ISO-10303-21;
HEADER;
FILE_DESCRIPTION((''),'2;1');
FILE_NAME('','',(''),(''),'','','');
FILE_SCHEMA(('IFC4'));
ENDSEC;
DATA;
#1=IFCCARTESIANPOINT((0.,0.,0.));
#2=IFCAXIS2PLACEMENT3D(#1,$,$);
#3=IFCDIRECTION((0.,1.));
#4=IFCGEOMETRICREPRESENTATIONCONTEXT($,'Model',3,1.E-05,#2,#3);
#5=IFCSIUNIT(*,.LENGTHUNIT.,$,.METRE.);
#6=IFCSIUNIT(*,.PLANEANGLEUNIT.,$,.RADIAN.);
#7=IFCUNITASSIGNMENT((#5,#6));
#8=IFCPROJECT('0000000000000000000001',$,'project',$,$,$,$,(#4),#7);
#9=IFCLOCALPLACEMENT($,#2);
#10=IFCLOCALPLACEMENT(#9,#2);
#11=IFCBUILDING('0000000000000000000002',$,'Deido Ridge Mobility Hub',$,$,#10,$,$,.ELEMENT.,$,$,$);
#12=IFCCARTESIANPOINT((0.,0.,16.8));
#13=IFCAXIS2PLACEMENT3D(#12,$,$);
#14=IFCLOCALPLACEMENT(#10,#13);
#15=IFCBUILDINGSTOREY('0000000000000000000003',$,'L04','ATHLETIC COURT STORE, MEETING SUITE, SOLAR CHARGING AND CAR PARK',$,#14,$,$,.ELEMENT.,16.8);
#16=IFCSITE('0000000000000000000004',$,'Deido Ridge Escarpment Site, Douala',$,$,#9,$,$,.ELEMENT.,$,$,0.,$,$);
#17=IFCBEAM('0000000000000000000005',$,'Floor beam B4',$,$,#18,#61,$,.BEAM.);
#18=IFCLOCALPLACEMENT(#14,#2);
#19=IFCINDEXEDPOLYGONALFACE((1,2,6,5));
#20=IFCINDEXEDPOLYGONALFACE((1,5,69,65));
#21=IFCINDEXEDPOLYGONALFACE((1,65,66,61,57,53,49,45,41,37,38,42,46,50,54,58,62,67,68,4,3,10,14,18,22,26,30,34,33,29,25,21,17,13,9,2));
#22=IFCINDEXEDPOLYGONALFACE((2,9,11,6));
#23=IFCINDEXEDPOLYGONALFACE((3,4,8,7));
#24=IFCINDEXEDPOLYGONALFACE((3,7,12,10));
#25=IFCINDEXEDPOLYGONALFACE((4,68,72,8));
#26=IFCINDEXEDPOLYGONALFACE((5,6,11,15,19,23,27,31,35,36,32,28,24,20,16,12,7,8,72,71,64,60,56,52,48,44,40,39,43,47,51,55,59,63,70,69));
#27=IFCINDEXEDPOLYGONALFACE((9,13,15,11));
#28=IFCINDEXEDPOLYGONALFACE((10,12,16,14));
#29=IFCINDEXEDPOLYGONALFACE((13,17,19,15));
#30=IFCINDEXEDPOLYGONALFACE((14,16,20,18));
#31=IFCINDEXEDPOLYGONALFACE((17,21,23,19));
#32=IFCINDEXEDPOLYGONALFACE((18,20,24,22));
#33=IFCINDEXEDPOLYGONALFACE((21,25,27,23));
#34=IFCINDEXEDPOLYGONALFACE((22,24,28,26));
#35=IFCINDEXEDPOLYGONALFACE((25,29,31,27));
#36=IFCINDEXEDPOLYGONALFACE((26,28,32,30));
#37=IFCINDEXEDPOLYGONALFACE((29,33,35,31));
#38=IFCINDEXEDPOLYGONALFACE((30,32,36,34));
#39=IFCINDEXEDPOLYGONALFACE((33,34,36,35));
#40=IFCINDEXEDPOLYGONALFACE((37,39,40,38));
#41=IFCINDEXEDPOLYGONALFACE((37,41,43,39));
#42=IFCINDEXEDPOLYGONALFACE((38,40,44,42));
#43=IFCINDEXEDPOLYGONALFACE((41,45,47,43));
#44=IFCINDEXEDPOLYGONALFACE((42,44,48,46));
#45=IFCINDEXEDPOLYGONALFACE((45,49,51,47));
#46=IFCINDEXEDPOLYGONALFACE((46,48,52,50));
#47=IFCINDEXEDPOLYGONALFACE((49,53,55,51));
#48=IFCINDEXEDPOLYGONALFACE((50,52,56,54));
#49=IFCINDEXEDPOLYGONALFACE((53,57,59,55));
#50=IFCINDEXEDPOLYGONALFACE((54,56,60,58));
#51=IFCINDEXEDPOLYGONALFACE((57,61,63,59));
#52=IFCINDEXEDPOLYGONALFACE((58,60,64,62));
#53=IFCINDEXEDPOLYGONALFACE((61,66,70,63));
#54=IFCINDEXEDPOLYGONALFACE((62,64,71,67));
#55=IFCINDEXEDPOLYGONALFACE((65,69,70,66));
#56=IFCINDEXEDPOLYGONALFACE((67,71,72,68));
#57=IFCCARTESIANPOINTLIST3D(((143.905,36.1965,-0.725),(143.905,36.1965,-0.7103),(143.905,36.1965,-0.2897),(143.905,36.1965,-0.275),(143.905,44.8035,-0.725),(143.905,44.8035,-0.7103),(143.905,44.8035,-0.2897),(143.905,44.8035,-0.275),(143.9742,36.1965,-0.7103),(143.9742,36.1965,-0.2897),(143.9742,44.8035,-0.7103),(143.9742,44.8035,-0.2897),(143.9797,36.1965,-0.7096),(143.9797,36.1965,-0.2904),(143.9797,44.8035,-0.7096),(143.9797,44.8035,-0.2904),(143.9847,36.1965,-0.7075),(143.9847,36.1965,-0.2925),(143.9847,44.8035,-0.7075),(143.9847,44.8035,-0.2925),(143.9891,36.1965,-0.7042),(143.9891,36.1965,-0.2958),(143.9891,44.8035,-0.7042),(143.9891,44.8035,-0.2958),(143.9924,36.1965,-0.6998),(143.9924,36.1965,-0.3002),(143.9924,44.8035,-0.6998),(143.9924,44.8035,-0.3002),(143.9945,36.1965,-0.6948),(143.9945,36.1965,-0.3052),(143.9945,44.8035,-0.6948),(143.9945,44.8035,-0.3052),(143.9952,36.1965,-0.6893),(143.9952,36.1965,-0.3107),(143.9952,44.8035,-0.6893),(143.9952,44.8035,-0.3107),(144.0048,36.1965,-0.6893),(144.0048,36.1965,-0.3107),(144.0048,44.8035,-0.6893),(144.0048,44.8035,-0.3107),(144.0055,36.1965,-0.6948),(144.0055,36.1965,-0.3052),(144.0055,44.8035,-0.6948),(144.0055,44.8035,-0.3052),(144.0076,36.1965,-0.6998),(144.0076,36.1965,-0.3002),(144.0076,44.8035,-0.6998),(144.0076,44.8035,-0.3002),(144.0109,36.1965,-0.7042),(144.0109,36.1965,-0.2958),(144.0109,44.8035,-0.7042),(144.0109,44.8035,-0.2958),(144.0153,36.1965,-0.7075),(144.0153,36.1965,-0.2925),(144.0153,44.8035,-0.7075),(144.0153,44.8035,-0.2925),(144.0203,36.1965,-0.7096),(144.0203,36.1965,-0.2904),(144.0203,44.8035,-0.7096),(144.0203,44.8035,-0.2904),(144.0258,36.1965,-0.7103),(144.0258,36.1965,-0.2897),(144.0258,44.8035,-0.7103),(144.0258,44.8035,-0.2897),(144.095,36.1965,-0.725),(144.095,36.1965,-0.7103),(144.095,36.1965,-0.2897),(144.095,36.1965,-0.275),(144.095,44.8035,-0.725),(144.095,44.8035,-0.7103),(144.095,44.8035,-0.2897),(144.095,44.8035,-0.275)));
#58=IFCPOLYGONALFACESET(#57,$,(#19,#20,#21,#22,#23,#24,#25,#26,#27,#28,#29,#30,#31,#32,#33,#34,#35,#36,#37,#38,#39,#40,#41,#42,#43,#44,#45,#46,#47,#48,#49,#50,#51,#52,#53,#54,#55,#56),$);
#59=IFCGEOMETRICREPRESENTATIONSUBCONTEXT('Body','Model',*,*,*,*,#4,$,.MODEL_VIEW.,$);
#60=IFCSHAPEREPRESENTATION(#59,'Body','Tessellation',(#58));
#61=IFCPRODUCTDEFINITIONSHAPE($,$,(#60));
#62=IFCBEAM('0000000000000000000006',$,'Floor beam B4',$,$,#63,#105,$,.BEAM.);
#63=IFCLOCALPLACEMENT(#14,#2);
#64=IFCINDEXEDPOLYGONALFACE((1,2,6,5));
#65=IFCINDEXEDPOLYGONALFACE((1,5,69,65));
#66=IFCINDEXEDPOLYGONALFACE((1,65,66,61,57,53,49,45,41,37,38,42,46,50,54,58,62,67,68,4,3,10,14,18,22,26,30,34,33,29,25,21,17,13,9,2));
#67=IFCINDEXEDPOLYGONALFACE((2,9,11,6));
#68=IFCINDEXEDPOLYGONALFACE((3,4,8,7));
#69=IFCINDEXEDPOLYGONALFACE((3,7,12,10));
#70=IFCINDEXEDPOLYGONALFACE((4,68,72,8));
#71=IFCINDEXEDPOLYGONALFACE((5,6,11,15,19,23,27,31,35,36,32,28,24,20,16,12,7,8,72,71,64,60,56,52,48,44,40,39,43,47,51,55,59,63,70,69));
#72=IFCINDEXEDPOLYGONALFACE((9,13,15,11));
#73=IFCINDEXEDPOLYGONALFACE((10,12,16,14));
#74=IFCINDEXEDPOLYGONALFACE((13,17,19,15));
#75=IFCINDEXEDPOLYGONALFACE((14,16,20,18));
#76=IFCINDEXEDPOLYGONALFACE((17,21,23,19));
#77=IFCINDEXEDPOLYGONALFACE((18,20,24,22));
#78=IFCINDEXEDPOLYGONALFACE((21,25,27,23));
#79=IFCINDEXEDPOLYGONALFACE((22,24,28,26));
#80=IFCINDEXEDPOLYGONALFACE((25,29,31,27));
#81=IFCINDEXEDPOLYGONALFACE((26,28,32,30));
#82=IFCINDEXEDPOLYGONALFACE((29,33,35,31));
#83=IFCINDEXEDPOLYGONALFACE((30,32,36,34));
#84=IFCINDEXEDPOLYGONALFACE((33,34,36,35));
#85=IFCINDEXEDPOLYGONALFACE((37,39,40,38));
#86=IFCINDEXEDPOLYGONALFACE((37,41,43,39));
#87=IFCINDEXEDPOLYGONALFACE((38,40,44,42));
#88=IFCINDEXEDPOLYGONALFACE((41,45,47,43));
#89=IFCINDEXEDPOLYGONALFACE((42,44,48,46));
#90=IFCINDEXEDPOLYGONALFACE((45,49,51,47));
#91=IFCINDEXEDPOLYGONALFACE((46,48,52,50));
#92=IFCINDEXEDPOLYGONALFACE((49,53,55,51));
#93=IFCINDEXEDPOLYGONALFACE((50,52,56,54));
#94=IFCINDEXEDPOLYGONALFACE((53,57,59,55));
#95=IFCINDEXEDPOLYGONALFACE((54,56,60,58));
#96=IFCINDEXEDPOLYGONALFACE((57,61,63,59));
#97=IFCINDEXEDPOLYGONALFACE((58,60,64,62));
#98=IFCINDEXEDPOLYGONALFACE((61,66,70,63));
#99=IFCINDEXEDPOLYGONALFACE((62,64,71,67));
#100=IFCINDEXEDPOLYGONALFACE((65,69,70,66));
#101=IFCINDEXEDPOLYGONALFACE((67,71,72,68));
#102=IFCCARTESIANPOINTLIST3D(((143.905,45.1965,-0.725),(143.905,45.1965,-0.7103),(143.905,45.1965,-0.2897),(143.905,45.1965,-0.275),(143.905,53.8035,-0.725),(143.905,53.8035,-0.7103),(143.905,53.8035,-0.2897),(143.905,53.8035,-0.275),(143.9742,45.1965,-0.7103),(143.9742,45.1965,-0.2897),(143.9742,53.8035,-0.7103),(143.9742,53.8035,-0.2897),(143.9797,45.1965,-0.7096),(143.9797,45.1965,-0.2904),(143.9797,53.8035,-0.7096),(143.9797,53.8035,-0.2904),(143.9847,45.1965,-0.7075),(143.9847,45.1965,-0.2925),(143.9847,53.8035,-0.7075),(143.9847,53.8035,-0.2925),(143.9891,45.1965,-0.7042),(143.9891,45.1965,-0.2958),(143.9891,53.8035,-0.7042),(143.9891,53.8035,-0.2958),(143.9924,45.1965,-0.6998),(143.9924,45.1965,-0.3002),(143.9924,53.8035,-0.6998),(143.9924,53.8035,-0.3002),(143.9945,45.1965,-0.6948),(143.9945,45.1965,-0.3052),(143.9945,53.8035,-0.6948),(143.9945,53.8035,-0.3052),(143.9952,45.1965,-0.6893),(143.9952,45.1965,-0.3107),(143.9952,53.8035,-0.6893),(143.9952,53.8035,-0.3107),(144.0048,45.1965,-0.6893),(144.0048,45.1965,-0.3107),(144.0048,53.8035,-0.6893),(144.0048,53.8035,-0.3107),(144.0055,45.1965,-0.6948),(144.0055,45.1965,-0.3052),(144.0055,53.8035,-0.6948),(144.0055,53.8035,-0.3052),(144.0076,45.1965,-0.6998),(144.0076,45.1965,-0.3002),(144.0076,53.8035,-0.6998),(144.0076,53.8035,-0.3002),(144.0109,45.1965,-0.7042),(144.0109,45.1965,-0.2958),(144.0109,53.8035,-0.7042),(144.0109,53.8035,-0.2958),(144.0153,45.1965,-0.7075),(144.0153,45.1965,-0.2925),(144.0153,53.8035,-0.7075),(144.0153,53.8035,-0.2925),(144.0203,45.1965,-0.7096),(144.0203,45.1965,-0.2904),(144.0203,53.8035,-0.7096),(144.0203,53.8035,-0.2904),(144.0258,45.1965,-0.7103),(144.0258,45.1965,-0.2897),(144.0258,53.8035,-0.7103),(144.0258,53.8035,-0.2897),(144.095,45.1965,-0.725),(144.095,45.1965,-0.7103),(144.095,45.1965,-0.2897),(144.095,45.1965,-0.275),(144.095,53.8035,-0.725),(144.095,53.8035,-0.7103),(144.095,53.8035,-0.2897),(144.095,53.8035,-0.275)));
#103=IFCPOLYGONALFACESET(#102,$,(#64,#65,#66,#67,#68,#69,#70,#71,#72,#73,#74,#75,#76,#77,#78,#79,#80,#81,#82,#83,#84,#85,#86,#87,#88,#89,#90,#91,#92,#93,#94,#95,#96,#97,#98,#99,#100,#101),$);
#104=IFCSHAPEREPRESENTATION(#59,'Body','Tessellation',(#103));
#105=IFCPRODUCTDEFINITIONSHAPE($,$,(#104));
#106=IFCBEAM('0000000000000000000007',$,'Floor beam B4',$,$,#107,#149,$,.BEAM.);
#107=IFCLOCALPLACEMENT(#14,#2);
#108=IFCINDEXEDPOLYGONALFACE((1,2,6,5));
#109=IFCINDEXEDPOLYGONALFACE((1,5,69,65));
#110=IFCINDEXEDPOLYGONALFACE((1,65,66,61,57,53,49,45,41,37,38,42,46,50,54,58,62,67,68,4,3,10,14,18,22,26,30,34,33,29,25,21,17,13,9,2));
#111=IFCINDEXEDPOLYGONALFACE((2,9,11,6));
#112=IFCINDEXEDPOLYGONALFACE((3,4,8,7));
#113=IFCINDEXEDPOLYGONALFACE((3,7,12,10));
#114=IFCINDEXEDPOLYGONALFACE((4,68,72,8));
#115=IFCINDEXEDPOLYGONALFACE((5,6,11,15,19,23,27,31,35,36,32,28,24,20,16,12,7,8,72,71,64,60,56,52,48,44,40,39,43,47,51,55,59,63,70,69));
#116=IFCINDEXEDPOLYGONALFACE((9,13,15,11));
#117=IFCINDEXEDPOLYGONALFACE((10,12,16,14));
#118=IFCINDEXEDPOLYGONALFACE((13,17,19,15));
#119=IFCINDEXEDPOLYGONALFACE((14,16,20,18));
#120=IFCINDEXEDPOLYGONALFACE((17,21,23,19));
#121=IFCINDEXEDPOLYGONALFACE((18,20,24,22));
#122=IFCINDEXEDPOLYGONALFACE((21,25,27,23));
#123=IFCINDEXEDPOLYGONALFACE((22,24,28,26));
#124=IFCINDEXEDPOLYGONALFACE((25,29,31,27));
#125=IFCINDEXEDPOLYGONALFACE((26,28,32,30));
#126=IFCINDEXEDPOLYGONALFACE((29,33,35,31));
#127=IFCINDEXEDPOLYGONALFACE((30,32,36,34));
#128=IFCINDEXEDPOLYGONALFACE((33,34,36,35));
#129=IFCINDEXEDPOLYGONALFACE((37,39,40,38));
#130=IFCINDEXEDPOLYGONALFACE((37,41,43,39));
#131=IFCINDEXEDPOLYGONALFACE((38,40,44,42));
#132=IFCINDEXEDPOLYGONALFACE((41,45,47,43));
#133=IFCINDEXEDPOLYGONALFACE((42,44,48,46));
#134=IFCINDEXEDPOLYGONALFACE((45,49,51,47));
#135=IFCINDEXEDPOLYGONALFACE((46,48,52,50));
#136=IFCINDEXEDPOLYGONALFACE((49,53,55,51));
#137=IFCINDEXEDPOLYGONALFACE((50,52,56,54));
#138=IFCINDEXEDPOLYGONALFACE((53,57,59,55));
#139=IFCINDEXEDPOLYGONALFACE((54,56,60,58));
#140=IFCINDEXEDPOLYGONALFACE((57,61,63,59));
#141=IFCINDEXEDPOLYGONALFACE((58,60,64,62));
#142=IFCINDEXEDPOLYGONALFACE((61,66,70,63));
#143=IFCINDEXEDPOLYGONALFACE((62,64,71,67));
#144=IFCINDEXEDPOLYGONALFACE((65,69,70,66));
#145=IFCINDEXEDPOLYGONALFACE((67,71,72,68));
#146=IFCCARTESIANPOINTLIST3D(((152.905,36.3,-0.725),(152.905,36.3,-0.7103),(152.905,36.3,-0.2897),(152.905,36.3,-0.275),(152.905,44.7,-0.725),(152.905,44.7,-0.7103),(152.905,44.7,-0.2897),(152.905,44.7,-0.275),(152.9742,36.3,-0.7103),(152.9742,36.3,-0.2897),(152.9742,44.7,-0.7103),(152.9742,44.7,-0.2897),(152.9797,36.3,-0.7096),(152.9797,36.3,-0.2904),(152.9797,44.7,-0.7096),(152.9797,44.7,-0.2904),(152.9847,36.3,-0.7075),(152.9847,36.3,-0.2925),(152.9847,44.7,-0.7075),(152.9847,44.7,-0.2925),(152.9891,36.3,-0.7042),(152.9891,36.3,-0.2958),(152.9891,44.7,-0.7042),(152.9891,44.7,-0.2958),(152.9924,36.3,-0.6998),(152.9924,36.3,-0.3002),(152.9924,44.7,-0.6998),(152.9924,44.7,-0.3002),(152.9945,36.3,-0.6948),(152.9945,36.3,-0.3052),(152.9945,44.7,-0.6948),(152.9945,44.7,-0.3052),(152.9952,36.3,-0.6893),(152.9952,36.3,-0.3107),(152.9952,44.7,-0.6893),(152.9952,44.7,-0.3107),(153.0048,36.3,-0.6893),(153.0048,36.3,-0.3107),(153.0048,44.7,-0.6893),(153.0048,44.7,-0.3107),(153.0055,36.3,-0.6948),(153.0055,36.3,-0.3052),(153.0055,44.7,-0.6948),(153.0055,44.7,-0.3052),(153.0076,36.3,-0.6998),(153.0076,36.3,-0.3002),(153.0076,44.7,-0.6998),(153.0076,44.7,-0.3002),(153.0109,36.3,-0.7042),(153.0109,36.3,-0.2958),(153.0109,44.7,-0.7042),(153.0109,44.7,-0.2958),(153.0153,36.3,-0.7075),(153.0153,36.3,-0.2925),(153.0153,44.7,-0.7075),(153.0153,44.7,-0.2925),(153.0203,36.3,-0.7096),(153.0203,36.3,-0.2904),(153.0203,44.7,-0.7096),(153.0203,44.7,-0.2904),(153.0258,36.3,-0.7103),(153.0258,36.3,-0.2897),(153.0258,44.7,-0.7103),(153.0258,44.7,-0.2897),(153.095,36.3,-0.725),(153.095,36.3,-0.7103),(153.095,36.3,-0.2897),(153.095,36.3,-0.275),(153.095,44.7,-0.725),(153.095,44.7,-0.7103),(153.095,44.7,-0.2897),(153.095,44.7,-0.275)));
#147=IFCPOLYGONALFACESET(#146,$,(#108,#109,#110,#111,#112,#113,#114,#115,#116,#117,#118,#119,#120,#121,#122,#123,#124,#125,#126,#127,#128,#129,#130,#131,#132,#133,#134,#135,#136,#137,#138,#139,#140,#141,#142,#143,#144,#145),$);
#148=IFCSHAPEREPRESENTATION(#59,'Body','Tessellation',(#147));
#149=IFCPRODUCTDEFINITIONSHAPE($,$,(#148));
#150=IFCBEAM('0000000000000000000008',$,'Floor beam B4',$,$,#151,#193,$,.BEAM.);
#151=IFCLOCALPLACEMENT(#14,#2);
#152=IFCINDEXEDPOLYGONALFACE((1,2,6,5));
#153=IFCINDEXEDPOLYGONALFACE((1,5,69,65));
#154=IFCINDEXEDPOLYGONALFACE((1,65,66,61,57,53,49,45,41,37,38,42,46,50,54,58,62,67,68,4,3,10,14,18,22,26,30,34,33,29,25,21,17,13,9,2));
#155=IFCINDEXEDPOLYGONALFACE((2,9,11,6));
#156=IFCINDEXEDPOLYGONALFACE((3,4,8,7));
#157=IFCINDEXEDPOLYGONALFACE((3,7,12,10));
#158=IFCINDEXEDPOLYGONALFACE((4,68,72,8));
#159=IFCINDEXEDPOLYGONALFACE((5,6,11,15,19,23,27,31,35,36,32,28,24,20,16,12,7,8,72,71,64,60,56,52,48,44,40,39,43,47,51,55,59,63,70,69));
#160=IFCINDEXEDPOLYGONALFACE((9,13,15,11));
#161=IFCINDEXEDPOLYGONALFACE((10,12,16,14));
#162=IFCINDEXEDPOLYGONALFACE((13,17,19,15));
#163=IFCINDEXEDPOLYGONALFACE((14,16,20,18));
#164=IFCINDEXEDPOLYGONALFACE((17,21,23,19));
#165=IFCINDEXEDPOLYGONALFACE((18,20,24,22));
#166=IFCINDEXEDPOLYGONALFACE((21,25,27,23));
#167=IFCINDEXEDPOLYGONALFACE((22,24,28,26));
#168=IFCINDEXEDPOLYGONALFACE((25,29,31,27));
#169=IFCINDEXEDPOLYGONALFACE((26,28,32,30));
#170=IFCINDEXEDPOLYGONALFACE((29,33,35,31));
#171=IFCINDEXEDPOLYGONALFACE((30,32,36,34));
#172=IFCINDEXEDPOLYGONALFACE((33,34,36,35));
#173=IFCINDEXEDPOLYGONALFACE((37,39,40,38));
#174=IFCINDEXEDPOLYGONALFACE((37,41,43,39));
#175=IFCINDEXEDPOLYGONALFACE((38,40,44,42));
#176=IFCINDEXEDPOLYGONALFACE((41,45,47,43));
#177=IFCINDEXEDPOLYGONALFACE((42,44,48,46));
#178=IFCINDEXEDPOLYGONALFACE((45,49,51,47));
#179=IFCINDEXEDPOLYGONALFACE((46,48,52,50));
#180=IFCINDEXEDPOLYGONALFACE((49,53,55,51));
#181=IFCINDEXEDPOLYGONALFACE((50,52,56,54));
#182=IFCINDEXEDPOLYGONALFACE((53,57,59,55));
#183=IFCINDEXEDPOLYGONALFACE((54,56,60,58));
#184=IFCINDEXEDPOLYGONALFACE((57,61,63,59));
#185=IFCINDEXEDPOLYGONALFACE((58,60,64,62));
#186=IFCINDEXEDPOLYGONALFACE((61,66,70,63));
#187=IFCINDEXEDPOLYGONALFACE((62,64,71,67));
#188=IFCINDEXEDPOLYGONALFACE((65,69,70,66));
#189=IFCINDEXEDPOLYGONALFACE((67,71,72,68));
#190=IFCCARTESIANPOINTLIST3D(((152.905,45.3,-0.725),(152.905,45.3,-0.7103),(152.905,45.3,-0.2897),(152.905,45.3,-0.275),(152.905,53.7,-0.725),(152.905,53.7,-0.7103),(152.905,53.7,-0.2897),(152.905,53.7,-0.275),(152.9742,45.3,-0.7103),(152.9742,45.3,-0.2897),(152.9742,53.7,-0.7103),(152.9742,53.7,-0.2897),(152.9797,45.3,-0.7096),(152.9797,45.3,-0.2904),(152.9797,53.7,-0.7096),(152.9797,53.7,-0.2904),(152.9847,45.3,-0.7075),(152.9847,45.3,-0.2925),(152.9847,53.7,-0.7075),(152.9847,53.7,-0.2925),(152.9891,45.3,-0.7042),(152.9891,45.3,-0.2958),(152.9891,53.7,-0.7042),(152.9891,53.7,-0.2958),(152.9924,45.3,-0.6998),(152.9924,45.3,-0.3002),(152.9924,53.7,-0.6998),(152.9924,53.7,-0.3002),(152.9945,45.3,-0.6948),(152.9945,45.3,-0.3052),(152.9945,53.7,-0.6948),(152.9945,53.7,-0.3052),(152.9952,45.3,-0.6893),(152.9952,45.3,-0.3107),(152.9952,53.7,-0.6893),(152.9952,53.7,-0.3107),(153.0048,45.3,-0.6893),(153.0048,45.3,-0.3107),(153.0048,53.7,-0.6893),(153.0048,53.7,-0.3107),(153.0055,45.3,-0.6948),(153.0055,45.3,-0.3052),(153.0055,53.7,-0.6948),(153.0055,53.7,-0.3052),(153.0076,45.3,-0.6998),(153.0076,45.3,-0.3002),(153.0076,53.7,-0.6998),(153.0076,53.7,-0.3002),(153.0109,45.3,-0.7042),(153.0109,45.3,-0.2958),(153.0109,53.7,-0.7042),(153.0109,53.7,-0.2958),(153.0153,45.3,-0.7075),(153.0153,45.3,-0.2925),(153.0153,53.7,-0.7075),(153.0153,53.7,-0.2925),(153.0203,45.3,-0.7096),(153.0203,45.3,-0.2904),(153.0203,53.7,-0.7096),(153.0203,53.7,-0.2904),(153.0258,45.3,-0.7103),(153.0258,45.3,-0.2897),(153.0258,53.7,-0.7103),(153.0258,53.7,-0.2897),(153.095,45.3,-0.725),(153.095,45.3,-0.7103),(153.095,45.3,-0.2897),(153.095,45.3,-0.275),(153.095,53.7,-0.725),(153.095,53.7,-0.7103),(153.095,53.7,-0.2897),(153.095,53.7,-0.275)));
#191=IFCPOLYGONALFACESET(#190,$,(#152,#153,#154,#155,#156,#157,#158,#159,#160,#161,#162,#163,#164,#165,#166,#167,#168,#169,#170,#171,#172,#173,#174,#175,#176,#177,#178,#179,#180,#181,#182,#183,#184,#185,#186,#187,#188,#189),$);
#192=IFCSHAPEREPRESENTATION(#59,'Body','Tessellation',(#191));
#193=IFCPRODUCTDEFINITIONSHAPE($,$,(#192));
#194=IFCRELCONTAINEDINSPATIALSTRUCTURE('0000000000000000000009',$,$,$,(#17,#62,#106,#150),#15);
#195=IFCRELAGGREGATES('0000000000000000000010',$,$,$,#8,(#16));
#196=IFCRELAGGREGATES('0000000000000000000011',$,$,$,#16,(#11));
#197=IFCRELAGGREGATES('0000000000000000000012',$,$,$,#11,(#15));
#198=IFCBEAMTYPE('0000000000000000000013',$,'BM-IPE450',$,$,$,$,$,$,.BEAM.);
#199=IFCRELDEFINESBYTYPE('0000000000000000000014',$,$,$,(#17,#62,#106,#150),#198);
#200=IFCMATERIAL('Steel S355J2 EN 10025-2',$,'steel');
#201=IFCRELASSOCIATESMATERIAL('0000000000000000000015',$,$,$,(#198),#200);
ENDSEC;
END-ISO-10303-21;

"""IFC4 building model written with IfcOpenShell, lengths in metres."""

from ifc_helpers import new_model, si_unit, direction, frame, origin, origin_2d, place, context, subcontext, project, spatial, i_section, extrude, material, material_profile, profile_set, type_object, element, save


model = new_model("IFC4")

# Units and contexts
model_context = context("Model", 3, precision=1e-05, world=origin(), true_north=direction((0.0, 1.0)))
body_context = subcontext(model_context, "Body", "Model", "MODEL_VIEW")
ifc_project = project(units=[si_unit("LENGTHUNIT", "METRE"), si_unit("PLANEANGLEUNIT", "RADIAN")], contexts=[model_context])

# Site, building, storey
site_placement = place(None, origin())
site = spatial("IfcSite", under=ifc_project, at=site_placement, Name="Deido Ridge Escarpment Site, Douala", CompositionType="ELEMENT", RefElevation=0.0)
building_placement = place(site_placement, origin())
building = spatial("IfcBuilding", under=site, at=building_placement, Name="Deido Ridge Mobility Hub", CompositionType="ELEMENT")
storey_placement = place(building_placement, frame((0.0, 0.0, 16.8)))
storey = spatial("IfcBuildingStorey", under=building, at=storey_placement, Name="L04", Description="ATHLETIC COURT STORE, MEETING SUITE, SOLAR CHARGING AND CAR PARK", CompositionType="ELEMENT", Elevation=16.8)

# Shared definitions
ifc_material_1 = material(Name="Steel S355J2 EN 10025-2", Category="steel")

# Beams
ifc_material_profile_1 = material_profile(ifc_material_1, i_section(OverallWidth=0.1899, OverallDepth=0.45, WebThickness=0.0095, FlangeThickness=0.0146, FilletRadius=0.021, at=origin_2d()), Name="IPE 450")
ifc_profile_set_1 = profile_set([ifc_material_profile_1], Name="Steel S355J2 EN 10025-2")
beam_type_1 = type_object("IfcBeamType", Name="BM-IPE450", PredefinedType="BEAM", material=ifc_profile_set_1)
for number, where, z_axis, x_axis, name in (
    (1, (144.0, 36.1965, -0.5), (0.0, 1.0, 0.0), (-1.0, 0.0, 0.0), "Floor beam B4"),
    (2, (144.0, 45.1965, -0.5), (0.0, 1.0, 0.0), (-1.0, 0.0, 0.0), "Floor beam B4"),
):
    element("IfcBeam", number, at=place(storey_placement, frame(where, z_axis=z_axis, x_axis=x_axis)), inside=storey, type_object=beam_type_1, Name=name, PredefinedType="BEAM", context=body_context, shape_type="SweptSolid", body=[
        extrude(i_section(OverallWidth=0.1899, OverallDepth=0.45, WebThickness=0.0095, FlangeThickness=0.0146, FilletRadius=0.021, at=origin_2d()), origin(), (0.0, 0.0, 1.0), 8.6069),
    ])
for number, where, z_axis, x_axis, name in (
    (3, (153.0, 36.3, -0.5), (0.0, 1.0, 0.0), (-1.0, 0.0, 0.0), "Floor beam B4"),
    (4, (153.0, 45.3, -0.5), (0.0, 1.0, 0.0), (-1.0, 0.0, 0.0), "Floor beam B4"),
):
    element("IfcBeam", number, at=place(storey_placement, frame(where, z_axis=z_axis, x_axis=x_axis)), inside=storey, type_object=beam_type_1, Name=name, PredefinedType="BEAM", context=body_context, shape_type="SweptSolid", body=[
        extrude(i_section(OverallWidth=0.1899, OverallDepth=0.45, WebThickness=0.0095, FlangeThickness=0.0146, FilletRadius=0.021, at=origin_2d()), origin(), (0.0, 0.0, 1.0), 8.3999),
    ])

save(model, "model.ifc")
